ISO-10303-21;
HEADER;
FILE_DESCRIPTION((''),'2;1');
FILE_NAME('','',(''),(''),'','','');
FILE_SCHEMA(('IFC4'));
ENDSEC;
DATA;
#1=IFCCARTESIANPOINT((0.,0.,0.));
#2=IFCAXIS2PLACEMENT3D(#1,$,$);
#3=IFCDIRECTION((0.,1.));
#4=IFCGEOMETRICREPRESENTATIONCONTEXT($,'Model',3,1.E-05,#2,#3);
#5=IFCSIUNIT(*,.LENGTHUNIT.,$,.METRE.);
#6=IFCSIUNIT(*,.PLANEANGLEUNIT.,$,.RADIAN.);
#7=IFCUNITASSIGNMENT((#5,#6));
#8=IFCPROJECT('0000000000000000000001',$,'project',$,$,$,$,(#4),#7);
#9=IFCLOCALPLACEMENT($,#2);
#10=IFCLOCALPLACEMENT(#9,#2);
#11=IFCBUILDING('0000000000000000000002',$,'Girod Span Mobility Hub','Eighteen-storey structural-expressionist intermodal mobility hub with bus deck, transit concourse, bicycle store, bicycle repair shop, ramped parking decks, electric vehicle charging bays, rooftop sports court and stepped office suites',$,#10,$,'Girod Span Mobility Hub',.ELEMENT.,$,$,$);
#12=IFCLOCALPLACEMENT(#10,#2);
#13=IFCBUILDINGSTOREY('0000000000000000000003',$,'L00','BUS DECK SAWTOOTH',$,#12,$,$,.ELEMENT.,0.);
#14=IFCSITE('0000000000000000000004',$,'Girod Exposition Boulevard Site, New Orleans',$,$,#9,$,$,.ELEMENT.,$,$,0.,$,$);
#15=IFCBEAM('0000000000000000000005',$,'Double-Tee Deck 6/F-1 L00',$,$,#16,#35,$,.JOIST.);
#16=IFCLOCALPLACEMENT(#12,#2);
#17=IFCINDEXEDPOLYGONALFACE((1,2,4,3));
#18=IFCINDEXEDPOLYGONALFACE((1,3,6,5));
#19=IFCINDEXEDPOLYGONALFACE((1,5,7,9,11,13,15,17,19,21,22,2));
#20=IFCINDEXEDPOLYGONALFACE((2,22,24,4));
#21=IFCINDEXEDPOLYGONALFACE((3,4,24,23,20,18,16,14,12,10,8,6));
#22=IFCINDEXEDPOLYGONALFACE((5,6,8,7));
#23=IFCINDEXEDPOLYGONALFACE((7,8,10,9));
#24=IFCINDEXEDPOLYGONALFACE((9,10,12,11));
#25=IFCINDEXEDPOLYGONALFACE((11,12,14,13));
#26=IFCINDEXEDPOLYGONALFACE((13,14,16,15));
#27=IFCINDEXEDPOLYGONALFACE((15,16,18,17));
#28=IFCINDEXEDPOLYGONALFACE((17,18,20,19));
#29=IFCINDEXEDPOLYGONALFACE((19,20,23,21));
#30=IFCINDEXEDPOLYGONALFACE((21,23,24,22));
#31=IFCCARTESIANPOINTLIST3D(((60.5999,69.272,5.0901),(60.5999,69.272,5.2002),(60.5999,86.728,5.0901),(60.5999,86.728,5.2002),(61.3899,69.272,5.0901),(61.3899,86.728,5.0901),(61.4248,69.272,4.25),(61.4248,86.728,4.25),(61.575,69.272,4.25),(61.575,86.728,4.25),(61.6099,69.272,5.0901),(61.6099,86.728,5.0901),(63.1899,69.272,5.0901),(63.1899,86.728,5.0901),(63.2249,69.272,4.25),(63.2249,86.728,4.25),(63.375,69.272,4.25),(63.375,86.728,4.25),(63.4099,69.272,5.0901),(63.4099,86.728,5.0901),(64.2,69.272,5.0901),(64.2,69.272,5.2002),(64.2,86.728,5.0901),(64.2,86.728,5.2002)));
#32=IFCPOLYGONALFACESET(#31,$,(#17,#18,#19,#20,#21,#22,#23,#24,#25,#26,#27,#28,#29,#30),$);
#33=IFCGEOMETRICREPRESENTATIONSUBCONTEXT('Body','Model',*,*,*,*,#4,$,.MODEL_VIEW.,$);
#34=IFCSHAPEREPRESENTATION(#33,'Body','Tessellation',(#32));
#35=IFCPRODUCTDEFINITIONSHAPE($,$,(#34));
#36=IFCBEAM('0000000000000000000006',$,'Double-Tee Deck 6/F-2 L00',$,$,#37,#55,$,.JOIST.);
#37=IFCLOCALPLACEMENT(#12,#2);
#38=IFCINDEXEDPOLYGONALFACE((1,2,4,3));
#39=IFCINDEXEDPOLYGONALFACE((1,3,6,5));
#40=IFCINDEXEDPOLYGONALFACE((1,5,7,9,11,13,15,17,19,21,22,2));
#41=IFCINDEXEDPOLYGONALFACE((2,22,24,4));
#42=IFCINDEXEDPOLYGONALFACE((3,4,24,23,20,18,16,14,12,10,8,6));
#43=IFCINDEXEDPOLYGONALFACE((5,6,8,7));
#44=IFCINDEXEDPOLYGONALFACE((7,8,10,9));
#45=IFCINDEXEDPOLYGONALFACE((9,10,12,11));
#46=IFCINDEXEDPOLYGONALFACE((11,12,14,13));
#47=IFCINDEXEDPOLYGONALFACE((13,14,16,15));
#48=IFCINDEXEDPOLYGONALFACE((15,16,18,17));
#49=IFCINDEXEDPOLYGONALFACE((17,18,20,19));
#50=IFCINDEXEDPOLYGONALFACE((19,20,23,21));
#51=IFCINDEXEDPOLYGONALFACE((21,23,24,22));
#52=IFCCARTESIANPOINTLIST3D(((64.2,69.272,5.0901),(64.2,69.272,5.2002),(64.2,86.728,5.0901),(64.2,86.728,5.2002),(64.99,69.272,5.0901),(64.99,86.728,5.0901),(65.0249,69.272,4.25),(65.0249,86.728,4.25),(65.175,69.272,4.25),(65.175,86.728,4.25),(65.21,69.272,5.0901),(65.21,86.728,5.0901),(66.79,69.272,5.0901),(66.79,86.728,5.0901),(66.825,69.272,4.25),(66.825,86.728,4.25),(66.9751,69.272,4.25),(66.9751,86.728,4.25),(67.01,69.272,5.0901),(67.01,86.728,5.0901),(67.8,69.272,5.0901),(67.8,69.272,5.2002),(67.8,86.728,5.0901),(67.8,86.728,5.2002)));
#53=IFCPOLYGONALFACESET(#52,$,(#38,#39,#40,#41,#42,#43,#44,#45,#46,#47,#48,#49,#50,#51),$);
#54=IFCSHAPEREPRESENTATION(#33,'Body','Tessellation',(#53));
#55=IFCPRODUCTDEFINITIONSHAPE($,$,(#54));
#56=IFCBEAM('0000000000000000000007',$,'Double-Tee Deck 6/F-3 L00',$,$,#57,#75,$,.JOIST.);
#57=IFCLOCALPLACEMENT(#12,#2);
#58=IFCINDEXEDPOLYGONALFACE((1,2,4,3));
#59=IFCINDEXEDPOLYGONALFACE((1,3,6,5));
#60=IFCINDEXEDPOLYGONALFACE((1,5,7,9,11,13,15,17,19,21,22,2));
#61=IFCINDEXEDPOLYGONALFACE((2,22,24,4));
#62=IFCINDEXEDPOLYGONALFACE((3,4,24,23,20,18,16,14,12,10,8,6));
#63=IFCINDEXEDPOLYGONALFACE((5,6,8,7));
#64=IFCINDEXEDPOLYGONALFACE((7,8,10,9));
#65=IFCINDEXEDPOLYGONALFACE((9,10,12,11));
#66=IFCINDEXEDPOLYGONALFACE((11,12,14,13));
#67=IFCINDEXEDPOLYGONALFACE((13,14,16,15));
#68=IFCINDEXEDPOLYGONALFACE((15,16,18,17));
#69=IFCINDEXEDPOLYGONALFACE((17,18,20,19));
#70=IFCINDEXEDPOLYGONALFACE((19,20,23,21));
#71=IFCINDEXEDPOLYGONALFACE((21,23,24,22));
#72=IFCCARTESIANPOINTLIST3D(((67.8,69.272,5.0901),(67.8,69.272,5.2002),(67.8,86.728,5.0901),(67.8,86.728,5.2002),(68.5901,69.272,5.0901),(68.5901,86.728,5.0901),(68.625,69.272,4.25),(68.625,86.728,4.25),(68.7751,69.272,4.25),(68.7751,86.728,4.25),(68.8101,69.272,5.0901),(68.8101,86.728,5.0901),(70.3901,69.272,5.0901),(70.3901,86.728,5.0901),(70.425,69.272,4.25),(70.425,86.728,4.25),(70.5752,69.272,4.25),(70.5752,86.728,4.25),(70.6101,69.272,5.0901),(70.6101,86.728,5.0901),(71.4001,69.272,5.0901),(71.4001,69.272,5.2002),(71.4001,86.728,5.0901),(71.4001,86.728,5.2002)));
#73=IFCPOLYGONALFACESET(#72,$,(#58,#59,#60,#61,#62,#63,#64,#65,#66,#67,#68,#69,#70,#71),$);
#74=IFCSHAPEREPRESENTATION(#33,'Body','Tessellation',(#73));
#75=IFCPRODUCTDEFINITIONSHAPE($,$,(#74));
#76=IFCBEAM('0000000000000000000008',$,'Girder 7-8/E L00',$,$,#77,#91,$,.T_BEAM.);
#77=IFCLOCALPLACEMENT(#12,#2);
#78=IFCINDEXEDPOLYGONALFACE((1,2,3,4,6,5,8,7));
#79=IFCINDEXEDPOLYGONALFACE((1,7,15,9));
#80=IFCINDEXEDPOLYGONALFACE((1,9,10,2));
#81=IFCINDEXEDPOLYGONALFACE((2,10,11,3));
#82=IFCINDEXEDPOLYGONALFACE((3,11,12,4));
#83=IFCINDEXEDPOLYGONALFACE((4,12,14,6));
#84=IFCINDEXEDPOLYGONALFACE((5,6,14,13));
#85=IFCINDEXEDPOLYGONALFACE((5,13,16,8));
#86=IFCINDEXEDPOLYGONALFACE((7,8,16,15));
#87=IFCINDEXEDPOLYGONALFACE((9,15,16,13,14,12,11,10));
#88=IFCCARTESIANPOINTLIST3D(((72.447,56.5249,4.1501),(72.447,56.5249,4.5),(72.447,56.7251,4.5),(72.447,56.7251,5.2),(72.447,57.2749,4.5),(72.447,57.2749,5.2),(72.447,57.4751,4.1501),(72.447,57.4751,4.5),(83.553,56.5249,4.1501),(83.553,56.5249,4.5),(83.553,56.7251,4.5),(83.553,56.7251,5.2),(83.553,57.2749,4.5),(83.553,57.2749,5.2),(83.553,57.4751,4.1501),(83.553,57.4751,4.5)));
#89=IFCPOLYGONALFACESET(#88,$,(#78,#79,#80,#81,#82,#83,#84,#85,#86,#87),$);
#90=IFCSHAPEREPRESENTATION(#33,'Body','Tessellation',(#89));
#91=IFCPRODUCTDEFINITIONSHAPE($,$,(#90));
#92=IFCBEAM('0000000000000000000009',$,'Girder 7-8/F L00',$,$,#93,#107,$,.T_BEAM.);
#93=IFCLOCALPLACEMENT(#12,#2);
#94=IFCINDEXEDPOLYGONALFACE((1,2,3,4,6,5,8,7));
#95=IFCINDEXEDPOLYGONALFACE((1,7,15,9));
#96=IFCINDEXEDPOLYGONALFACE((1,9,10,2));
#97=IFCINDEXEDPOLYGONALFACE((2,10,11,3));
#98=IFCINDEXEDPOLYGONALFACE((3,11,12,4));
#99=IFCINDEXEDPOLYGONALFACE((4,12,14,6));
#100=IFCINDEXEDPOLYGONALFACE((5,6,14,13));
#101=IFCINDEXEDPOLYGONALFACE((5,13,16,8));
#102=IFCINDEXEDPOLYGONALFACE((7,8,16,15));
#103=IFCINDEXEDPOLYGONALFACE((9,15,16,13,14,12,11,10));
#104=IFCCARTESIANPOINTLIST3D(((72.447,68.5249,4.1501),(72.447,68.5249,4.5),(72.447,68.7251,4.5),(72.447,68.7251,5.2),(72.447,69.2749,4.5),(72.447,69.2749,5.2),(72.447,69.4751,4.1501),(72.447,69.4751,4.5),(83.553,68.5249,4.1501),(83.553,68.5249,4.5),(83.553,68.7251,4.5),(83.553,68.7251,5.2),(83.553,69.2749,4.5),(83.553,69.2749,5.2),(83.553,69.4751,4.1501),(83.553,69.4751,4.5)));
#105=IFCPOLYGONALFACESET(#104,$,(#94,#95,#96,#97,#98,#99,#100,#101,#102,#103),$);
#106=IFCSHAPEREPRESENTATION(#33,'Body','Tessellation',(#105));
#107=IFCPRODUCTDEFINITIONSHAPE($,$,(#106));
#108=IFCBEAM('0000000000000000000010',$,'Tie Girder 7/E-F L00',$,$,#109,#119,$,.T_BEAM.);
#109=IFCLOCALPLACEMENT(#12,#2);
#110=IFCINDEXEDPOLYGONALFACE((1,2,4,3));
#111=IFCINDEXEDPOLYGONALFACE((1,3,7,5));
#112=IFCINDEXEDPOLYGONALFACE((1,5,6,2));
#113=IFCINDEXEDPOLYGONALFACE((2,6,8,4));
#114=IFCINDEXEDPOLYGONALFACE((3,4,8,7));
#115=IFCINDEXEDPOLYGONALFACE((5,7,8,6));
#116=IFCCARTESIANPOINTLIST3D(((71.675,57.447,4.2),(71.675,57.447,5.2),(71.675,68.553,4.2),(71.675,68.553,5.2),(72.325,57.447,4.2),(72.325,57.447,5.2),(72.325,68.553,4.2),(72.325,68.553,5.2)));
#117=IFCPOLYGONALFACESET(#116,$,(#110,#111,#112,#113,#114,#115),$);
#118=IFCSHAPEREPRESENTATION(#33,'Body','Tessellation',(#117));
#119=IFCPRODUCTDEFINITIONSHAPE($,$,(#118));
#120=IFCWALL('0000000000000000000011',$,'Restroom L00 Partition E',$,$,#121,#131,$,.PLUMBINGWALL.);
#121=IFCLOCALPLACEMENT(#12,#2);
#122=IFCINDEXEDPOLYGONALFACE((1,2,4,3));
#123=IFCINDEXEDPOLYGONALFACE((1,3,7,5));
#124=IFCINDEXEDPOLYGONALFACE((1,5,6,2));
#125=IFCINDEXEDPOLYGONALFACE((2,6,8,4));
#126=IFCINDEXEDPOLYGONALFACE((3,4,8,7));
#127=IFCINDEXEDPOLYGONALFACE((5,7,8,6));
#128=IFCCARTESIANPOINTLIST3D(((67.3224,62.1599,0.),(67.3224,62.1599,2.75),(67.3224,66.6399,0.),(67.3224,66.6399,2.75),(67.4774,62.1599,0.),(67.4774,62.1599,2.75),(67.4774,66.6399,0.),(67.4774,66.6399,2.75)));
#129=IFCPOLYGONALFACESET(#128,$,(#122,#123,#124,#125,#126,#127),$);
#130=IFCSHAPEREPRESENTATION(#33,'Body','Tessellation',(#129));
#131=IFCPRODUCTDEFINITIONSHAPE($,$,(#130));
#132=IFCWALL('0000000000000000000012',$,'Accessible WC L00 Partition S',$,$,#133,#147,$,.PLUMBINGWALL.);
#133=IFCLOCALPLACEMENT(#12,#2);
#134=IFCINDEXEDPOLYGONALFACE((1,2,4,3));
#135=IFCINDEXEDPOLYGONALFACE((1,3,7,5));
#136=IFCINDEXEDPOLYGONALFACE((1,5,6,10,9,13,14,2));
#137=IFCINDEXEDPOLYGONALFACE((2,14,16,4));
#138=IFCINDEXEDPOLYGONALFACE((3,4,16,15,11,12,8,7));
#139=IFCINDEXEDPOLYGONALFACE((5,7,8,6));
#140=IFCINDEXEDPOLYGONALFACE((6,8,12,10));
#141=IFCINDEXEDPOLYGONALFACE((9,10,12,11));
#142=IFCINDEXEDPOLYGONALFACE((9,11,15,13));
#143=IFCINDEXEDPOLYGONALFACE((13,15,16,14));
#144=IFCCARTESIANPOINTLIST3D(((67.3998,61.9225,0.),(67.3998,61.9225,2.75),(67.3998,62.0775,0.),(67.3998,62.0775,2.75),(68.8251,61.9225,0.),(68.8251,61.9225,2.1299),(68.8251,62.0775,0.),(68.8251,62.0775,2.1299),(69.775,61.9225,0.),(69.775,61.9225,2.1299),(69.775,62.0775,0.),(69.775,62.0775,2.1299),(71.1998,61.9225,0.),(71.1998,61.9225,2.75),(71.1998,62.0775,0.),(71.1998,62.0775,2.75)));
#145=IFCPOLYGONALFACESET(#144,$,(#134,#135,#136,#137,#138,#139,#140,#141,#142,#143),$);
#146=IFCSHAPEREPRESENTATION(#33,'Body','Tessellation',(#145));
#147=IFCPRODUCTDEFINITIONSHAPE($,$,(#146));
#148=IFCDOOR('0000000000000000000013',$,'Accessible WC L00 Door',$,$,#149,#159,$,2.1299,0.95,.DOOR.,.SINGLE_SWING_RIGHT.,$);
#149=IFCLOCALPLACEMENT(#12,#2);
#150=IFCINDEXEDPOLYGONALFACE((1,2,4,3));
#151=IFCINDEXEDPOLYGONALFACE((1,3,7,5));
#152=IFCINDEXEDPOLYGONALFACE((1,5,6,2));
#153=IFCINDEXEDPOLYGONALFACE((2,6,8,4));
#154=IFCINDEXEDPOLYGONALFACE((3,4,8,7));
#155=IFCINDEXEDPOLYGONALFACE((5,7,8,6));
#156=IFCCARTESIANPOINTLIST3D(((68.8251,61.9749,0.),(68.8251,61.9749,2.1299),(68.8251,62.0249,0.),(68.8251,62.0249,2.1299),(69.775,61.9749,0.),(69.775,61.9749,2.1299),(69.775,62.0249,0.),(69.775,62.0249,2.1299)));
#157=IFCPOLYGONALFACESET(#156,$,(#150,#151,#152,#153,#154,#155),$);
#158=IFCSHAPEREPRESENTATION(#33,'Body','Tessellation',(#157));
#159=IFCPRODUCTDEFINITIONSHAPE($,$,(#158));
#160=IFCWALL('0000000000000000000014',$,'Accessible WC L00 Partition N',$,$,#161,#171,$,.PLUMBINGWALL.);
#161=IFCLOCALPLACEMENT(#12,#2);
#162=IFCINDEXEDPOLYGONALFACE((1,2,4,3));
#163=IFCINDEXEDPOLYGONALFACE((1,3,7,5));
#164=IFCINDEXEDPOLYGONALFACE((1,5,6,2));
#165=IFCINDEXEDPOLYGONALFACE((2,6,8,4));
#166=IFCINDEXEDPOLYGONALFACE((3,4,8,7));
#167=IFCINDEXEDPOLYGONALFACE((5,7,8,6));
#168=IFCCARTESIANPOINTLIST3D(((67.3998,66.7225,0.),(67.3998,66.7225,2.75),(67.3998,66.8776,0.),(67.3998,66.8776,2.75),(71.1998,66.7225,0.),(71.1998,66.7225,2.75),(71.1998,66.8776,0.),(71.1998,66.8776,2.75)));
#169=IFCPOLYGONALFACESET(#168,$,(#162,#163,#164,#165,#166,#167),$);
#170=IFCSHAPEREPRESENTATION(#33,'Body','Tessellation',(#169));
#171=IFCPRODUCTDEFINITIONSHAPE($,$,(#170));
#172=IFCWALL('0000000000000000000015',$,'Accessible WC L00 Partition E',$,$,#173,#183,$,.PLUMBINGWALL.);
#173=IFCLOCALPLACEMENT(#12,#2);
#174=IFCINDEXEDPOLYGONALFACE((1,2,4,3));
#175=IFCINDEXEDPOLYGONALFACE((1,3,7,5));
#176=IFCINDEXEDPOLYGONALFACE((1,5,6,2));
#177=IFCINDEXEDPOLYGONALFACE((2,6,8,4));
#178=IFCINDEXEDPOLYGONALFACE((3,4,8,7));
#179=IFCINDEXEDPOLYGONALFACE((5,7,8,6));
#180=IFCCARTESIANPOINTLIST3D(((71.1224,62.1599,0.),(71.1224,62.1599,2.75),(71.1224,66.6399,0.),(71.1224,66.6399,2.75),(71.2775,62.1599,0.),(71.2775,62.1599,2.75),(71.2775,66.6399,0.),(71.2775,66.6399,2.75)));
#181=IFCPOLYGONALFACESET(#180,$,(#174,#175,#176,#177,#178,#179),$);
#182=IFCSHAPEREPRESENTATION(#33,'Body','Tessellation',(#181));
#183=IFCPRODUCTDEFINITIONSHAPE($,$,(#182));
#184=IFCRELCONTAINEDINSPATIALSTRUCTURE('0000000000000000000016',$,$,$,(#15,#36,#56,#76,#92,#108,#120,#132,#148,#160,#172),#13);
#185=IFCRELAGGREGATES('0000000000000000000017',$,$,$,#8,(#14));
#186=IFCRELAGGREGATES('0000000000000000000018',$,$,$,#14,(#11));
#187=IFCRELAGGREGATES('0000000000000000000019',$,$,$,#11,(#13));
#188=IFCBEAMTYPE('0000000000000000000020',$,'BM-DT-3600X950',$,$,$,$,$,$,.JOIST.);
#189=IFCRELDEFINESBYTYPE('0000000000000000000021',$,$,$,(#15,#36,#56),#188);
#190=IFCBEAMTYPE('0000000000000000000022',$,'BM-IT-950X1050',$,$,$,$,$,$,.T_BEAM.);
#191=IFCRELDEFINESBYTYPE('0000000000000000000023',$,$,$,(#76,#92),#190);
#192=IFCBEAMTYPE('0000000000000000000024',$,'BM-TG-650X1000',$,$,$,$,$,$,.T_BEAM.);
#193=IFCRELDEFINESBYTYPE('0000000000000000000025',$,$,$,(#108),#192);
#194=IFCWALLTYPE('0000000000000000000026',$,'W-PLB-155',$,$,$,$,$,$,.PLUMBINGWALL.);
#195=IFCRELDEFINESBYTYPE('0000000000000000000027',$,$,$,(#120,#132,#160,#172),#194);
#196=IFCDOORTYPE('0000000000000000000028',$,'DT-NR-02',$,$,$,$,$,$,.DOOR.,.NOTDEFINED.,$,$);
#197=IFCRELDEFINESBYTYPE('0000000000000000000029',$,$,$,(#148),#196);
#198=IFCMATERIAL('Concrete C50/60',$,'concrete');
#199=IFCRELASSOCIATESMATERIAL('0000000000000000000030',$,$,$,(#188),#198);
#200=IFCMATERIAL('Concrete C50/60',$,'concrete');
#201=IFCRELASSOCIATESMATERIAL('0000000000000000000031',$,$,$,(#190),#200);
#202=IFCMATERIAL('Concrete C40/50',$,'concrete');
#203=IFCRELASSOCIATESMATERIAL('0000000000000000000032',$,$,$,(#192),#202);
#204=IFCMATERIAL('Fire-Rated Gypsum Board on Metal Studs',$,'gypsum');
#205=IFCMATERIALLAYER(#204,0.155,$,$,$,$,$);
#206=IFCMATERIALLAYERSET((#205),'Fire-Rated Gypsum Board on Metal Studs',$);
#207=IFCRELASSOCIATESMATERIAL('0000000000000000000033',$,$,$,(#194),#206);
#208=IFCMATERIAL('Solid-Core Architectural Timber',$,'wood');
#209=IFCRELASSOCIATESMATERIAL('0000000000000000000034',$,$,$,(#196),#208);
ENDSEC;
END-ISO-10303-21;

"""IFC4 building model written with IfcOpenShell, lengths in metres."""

from ifc_helpers import new_model, si_unit, direction, frame, frame_2d, origin, origin_2d, place, context, subcontext, project, spatial, polyline, rectangle, outline, extrude, material, layer, layer_set, material_profile, profile_set, type_object, element, fill, save


model = new_model("IFC4")

# Units and contexts
model_context = context("Model", 3, precision=1e-05, world=origin(), true_north=direction((0.0, 1.0)))
body_context = subcontext(model_context, "Body", "Model", "MODEL_VIEW")
ifc_project = project(units=[si_unit("LENGTHUNIT", "METRE"), si_unit("PLANEANGLEUNIT", "RADIAN")], contexts=[model_context])

# Site, building, storey
site_placement = place(None, origin())
site = spatial("IfcSite", under=ifc_project, at=site_placement, Name="Girod Exposition Boulevard Site, New Orleans", CompositionType="ELEMENT", RefElevation=0.0)
building_placement = place(site_placement, origin())
building = spatial("IfcBuilding", under=site, at=building_placement, Name="Girod Span Mobility Hub", Description="Eighteen-storey structural-expressionist intermodal mobility hub with bus deck, transit concourse, bicycle store, bicycle repair shop, ramped parking decks, electric vehicle charging bays, rooftop sports court and stepped office suites", LongName="Girod Span Mobility Hub", CompositionType="ELEMENT")
storey_placement = place(building_placement, origin())
storey = spatial("IfcBuildingStorey", under=building, at=storey_placement, Name="L00", Description="BUS DECK SAWTOOTH", CompositionType="ELEMENT", Elevation=0.0)

# Beams
ifc_material_1 = material(Name="Concrete C50/60", Category="concrete")
ifc_material_profile_1 = material_profile(ifc_material_1, outline(polyline([(-1.8, 0.4751), (-1.8, 0.365), (-1.01, 0.365), (-0.9751, -0.4751), (-0.825, -0.4751), (-0.79, 0.365), (0.79, 0.365), (0.825, -0.4751), (0.9751, -0.4751), (1.01, 0.365), (1.8, 0.365), (1.8, 0.4751), (-1.8, 0.4751)])), Name="DT-3600X950")
ifc_profile_set_1 = profile_set([ifc_material_profile_1], Name="Concrete C50/60")
beam_type_1 = type_object("IfcBeamType", Name="BM-DT-3600X950", PredefinedType="JOIST", material=ifc_profile_set_1)
for number, where, z_axis, x_axis, name in (
    (1, (62.3999, 69.272, 4.7251), (0.0, 1.0, 0.0), (-1.0, 0.0, 0.0), "Double-Tee Deck 6/F-1 L00"),
    (2, (66.0, 69.272, 4.7251), (0.0, 1.0, 0.0), (-1.0, 0.0, 0.0), "Double-Tee Deck 6/F-2 L00"),
    (3, (69.6001, 69.272, 4.7251), (0.0, 1.0, 0.0), (-1.0, 0.0, 0.0), "Double-Tee Deck 6/F-3 L00"),
):
    element("IfcBeam", number, at=place(storey_placement, frame(where, z_axis=z_axis, x_axis=x_axis)), inside=storey, type_object=beam_type_1, Name=name, PredefinedType="JOIST", context=body_context, shape_type="SweptSolid", body=[
        extrude(outline(polyline([(-1.8, 0.4751), (-1.8, 0.365), (-1.01, 0.365), (-0.9751, -0.4751), (-0.825, -0.4751), (-0.79, 0.365), (0.79, 0.365), (0.825, -0.4751), (0.9751, -0.4751), (1.01, 0.365), (1.8, 0.365), (1.8, 0.4751), (-1.8, 0.4751)])), origin(), (0.0, 0.0, 1.0), 17.4561),
    ])
ifc_material_2 = material(Name="Concrete C50/60", Category="concrete")
ifc_material_profile_2 = material_profile(ifc_material_2, outline(polyline([(-0.4751, -0.5249), (0.4751, -0.5249), (0.4751, -0.175), (0.2749, -0.175), (0.2749, 0.5249), (-0.2749, 0.5249), (-0.2749, -0.175), (-0.4751, -0.175), (-0.4751, -0.5249)])), Name="IT-950X1050")
ifc_profile_set_2 = profile_set([ifc_material_profile_2], Name="Concrete C50/60")
beam_type_2 = type_object("IfcBeamType", Name="BM-IT-950X1050", PredefinedType="T_BEAM", material=ifc_profile_set_2)
for number, where, z_axis, x_axis, name in (
    (4, (72.447, 57.0, 4.675), (1.0, 0.0, 0.0), (0.0, 1.0, 0.0), "Girder 7-8/E L00"),
    (5, (72.447, 69.0, 4.675), (1.0, 0.0, 0.0), (0.0, 1.0, 0.0), "Girder 7-8/F L00"),
):
    element("IfcBeam", number, at=place(storey_placement, frame(where, z_axis=z_axis, x_axis=x_axis)), inside=storey, type_object=beam_type_2, Name=name, PredefinedType="T_BEAM", context=body_context, shape_type="SweptSolid", body=[
        extrude(outline(polyline([(-0.4751, -0.5249), (0.4751, -0.5249), (0.4751, -0.175), (0.2749, -0.175), (0.2749, 0.5249), (-0.2749, 0.5249), (-0.2749, -0.175), (-0.4751, -0.175), (-0.4751, -0.5249)])), origin(), (0.0, 0.0, 1.0), 11.106),
    ])
ifc_material_3 = material(Name="Concrete C40/50", Category="concrete")
ifc_material_profile_3 = material_profile(ifc_material_3, rectangle(XDim=0.6499, YDim=1.0, at=origin_2d()), Name="TG-650X1000")
ifc_profile_set_3 = profile_set([ifc_material_profile_3], Name="Concrete C40/50")
beam_type_3 = type_object("IfcBeamType", Name="BM-TG-650X1000", PredefinedType="T_BEAM", material=ifc_profile_set_3)
beam_placement = place(storey_placement, frame((72.0, 57.447, 4.7), z_axis=(0.0, 1.0, 0.0), x_axis=(-1.0, 0.0, 0.0)))
element("IfcBeam", 6, at=beam_placement, inside=storey, type_object=beam_type_3, Name="Tie Girder 7/E-F L00", PredefinedType="T_BEAM", context=body_context, shape_type="SweptSolid", body=[
    extrude(rectangle(XDim=0.6499, YDim=1.0, at=origin_2d()), origin(), (0.0, 0.0, 1.0), 11.106),
])

# Wall
ifc_material_4 = material(Name="Fire-Rated Gypsum Board on Metal Studs", Category="gypsum")
ifc_layer = layer(ifc_material_4, 0.155)
ifc_layer_set = layer_set([ifc_layer], Name="Fire-Rated Gypsum Board on Metal Studs")
wall_type = type_object("IfcWallType", Name="W-PLB-155", PredefinedType="PLUMBINGWALL", material=ifc_layer_set)
wall_1_placement = place(storey_placement, frame((67.3999, 62.1599, 0.0), z_axis=(0.0, 0.0, 1.0), x_axis=(0.0, 1.0, 0.0)))
element("IfcWall", 7, at=wall_1_placement, inside=storey, type_object=wall_type, Name="Restroom L00 Partition E", PredefinedType="PLUMBINGWALL", context=body_context, shape_type="SweptSolid", body=[
    extrude(rectangle(XDim=4.48, YDim=0.155, at=frame_2d((2.24, 0.0))), origin(), (0.0, 0.0, 1.0), 2.75),
])

# Wall, opening, door
wall_2_placement = place(storey_placement, frame((67.3999, 62.0, 0.0), z_axis=(0.0, 0.0, 1.0), x_axis=(1.0, 0.0, 0.0)))
wall_2 = element("IfcWall", 8, at=wall_2_placement, inside=storey, type_object=wall_type, Name="Accessible WC L00 Partition S", PredefinedType="PLUMBINGWALL", context=body_context, shape_type="SweptSolid", body=[
    extrude(rectangle(XDim=3.8, YDim=0.155, at=frame_2d((1.8999, 0.0))), origin(), (0.0, 0.0, 1.0), 2.75),
])
opening_placement = place(wall_2_placement, frame((1.425, 0.0, 0.0)))
opening = element("IfcOpeningElement", 9, at=opening_placement, cuts=wall_2, PredefinedType="OPENING", context=body_context, shape_type="SweptSolid", body=[
    extrude(rectangle(XDim=0.95, YDim=2.1299, at=frame_2d((0.4751, 1.0649))), frame((0.0, 0.0925, 0.0), z_axis=(0.0, -1.0, 0.0), x_axis=(1.0, 0.0, 0.0)), (0.0, 0.0, 1.0), 0.1851),
])
ifc_material_5 = material(Name="Solid-Core Architectural Timber", Category="wood")
door_type = type_object("IfcDoorType", Name="DT-NR-02", OperationType="NOTDEFINED", PredefinedType="DOOR", material=ifc_material_5)
door_placement = place(opening_placement, origin())
door = element("IfcDoor", 10, at=door_placement, inside=storey, type_object=door_type, Name="Accessible WC L00 Door", OperationType="SINGLE_SWING_RIGHT", OverallHeight=2.1299, OverallWidth=0.95, PredefinedType="DOOR", context=body_context, shape_type="SweptSolid", body=[
    extrude(rectangle(XDim=0.95, YDim=2.1299, at=frame_2d((0.4751, 1.0649))), frame((0.0, 0.0249, 0.0), z_axis=(0.0, -1.0, 0.0), x_axis=(1.0, 0.0, 0.0)), (0.0, 0.0, 1.0), 0.05),
])
fill(opening, door)

# Walls
wall_3_placement = place(storey_placement, frame((67.3999, 66.8, 0.0), z_axis=(0.0, 0.0, 1.0), x_axis=(1.0, 0.0, 0.0)))
element("IfcWall", 11, at=wall_3_placement, inside=storey, type_object=wall_type, Name="Accessible WC L00 Partition N", PredefinedType="PLUMBINGWALL", context=body_context, shape_type="SweptSolid", body=[
    extrude(rectangle(XDim=3.8, YDim=0.155, at=frame_2d((1.8999, 0.0))), origin(), (0.0, 0.0, 1.0), 2.75),
])
wall_4_placement = place(storey_placement, frame((71.2, 62.1599, 0.0), z_axis=(0.0, 0.0, 1.0), x_axis=(0.0, 1.0, 0.0)))
element("IfcWall", 12, at=wall_4_placement, inside=storey, type_object=wall_type, Name="Accessible WC L00 Partition E", PredefinedType="PLUMBINGWALL", context=body_context, shape_type="SweptSolid", body=[
    extrude(rectangle(XDim=4.48, YDim=0.155, at=frame_2d((2.24, 0.0))), origin(), (0.0, 0.0, 1.0), 2.75),
])

save(model, "model.ifc")
